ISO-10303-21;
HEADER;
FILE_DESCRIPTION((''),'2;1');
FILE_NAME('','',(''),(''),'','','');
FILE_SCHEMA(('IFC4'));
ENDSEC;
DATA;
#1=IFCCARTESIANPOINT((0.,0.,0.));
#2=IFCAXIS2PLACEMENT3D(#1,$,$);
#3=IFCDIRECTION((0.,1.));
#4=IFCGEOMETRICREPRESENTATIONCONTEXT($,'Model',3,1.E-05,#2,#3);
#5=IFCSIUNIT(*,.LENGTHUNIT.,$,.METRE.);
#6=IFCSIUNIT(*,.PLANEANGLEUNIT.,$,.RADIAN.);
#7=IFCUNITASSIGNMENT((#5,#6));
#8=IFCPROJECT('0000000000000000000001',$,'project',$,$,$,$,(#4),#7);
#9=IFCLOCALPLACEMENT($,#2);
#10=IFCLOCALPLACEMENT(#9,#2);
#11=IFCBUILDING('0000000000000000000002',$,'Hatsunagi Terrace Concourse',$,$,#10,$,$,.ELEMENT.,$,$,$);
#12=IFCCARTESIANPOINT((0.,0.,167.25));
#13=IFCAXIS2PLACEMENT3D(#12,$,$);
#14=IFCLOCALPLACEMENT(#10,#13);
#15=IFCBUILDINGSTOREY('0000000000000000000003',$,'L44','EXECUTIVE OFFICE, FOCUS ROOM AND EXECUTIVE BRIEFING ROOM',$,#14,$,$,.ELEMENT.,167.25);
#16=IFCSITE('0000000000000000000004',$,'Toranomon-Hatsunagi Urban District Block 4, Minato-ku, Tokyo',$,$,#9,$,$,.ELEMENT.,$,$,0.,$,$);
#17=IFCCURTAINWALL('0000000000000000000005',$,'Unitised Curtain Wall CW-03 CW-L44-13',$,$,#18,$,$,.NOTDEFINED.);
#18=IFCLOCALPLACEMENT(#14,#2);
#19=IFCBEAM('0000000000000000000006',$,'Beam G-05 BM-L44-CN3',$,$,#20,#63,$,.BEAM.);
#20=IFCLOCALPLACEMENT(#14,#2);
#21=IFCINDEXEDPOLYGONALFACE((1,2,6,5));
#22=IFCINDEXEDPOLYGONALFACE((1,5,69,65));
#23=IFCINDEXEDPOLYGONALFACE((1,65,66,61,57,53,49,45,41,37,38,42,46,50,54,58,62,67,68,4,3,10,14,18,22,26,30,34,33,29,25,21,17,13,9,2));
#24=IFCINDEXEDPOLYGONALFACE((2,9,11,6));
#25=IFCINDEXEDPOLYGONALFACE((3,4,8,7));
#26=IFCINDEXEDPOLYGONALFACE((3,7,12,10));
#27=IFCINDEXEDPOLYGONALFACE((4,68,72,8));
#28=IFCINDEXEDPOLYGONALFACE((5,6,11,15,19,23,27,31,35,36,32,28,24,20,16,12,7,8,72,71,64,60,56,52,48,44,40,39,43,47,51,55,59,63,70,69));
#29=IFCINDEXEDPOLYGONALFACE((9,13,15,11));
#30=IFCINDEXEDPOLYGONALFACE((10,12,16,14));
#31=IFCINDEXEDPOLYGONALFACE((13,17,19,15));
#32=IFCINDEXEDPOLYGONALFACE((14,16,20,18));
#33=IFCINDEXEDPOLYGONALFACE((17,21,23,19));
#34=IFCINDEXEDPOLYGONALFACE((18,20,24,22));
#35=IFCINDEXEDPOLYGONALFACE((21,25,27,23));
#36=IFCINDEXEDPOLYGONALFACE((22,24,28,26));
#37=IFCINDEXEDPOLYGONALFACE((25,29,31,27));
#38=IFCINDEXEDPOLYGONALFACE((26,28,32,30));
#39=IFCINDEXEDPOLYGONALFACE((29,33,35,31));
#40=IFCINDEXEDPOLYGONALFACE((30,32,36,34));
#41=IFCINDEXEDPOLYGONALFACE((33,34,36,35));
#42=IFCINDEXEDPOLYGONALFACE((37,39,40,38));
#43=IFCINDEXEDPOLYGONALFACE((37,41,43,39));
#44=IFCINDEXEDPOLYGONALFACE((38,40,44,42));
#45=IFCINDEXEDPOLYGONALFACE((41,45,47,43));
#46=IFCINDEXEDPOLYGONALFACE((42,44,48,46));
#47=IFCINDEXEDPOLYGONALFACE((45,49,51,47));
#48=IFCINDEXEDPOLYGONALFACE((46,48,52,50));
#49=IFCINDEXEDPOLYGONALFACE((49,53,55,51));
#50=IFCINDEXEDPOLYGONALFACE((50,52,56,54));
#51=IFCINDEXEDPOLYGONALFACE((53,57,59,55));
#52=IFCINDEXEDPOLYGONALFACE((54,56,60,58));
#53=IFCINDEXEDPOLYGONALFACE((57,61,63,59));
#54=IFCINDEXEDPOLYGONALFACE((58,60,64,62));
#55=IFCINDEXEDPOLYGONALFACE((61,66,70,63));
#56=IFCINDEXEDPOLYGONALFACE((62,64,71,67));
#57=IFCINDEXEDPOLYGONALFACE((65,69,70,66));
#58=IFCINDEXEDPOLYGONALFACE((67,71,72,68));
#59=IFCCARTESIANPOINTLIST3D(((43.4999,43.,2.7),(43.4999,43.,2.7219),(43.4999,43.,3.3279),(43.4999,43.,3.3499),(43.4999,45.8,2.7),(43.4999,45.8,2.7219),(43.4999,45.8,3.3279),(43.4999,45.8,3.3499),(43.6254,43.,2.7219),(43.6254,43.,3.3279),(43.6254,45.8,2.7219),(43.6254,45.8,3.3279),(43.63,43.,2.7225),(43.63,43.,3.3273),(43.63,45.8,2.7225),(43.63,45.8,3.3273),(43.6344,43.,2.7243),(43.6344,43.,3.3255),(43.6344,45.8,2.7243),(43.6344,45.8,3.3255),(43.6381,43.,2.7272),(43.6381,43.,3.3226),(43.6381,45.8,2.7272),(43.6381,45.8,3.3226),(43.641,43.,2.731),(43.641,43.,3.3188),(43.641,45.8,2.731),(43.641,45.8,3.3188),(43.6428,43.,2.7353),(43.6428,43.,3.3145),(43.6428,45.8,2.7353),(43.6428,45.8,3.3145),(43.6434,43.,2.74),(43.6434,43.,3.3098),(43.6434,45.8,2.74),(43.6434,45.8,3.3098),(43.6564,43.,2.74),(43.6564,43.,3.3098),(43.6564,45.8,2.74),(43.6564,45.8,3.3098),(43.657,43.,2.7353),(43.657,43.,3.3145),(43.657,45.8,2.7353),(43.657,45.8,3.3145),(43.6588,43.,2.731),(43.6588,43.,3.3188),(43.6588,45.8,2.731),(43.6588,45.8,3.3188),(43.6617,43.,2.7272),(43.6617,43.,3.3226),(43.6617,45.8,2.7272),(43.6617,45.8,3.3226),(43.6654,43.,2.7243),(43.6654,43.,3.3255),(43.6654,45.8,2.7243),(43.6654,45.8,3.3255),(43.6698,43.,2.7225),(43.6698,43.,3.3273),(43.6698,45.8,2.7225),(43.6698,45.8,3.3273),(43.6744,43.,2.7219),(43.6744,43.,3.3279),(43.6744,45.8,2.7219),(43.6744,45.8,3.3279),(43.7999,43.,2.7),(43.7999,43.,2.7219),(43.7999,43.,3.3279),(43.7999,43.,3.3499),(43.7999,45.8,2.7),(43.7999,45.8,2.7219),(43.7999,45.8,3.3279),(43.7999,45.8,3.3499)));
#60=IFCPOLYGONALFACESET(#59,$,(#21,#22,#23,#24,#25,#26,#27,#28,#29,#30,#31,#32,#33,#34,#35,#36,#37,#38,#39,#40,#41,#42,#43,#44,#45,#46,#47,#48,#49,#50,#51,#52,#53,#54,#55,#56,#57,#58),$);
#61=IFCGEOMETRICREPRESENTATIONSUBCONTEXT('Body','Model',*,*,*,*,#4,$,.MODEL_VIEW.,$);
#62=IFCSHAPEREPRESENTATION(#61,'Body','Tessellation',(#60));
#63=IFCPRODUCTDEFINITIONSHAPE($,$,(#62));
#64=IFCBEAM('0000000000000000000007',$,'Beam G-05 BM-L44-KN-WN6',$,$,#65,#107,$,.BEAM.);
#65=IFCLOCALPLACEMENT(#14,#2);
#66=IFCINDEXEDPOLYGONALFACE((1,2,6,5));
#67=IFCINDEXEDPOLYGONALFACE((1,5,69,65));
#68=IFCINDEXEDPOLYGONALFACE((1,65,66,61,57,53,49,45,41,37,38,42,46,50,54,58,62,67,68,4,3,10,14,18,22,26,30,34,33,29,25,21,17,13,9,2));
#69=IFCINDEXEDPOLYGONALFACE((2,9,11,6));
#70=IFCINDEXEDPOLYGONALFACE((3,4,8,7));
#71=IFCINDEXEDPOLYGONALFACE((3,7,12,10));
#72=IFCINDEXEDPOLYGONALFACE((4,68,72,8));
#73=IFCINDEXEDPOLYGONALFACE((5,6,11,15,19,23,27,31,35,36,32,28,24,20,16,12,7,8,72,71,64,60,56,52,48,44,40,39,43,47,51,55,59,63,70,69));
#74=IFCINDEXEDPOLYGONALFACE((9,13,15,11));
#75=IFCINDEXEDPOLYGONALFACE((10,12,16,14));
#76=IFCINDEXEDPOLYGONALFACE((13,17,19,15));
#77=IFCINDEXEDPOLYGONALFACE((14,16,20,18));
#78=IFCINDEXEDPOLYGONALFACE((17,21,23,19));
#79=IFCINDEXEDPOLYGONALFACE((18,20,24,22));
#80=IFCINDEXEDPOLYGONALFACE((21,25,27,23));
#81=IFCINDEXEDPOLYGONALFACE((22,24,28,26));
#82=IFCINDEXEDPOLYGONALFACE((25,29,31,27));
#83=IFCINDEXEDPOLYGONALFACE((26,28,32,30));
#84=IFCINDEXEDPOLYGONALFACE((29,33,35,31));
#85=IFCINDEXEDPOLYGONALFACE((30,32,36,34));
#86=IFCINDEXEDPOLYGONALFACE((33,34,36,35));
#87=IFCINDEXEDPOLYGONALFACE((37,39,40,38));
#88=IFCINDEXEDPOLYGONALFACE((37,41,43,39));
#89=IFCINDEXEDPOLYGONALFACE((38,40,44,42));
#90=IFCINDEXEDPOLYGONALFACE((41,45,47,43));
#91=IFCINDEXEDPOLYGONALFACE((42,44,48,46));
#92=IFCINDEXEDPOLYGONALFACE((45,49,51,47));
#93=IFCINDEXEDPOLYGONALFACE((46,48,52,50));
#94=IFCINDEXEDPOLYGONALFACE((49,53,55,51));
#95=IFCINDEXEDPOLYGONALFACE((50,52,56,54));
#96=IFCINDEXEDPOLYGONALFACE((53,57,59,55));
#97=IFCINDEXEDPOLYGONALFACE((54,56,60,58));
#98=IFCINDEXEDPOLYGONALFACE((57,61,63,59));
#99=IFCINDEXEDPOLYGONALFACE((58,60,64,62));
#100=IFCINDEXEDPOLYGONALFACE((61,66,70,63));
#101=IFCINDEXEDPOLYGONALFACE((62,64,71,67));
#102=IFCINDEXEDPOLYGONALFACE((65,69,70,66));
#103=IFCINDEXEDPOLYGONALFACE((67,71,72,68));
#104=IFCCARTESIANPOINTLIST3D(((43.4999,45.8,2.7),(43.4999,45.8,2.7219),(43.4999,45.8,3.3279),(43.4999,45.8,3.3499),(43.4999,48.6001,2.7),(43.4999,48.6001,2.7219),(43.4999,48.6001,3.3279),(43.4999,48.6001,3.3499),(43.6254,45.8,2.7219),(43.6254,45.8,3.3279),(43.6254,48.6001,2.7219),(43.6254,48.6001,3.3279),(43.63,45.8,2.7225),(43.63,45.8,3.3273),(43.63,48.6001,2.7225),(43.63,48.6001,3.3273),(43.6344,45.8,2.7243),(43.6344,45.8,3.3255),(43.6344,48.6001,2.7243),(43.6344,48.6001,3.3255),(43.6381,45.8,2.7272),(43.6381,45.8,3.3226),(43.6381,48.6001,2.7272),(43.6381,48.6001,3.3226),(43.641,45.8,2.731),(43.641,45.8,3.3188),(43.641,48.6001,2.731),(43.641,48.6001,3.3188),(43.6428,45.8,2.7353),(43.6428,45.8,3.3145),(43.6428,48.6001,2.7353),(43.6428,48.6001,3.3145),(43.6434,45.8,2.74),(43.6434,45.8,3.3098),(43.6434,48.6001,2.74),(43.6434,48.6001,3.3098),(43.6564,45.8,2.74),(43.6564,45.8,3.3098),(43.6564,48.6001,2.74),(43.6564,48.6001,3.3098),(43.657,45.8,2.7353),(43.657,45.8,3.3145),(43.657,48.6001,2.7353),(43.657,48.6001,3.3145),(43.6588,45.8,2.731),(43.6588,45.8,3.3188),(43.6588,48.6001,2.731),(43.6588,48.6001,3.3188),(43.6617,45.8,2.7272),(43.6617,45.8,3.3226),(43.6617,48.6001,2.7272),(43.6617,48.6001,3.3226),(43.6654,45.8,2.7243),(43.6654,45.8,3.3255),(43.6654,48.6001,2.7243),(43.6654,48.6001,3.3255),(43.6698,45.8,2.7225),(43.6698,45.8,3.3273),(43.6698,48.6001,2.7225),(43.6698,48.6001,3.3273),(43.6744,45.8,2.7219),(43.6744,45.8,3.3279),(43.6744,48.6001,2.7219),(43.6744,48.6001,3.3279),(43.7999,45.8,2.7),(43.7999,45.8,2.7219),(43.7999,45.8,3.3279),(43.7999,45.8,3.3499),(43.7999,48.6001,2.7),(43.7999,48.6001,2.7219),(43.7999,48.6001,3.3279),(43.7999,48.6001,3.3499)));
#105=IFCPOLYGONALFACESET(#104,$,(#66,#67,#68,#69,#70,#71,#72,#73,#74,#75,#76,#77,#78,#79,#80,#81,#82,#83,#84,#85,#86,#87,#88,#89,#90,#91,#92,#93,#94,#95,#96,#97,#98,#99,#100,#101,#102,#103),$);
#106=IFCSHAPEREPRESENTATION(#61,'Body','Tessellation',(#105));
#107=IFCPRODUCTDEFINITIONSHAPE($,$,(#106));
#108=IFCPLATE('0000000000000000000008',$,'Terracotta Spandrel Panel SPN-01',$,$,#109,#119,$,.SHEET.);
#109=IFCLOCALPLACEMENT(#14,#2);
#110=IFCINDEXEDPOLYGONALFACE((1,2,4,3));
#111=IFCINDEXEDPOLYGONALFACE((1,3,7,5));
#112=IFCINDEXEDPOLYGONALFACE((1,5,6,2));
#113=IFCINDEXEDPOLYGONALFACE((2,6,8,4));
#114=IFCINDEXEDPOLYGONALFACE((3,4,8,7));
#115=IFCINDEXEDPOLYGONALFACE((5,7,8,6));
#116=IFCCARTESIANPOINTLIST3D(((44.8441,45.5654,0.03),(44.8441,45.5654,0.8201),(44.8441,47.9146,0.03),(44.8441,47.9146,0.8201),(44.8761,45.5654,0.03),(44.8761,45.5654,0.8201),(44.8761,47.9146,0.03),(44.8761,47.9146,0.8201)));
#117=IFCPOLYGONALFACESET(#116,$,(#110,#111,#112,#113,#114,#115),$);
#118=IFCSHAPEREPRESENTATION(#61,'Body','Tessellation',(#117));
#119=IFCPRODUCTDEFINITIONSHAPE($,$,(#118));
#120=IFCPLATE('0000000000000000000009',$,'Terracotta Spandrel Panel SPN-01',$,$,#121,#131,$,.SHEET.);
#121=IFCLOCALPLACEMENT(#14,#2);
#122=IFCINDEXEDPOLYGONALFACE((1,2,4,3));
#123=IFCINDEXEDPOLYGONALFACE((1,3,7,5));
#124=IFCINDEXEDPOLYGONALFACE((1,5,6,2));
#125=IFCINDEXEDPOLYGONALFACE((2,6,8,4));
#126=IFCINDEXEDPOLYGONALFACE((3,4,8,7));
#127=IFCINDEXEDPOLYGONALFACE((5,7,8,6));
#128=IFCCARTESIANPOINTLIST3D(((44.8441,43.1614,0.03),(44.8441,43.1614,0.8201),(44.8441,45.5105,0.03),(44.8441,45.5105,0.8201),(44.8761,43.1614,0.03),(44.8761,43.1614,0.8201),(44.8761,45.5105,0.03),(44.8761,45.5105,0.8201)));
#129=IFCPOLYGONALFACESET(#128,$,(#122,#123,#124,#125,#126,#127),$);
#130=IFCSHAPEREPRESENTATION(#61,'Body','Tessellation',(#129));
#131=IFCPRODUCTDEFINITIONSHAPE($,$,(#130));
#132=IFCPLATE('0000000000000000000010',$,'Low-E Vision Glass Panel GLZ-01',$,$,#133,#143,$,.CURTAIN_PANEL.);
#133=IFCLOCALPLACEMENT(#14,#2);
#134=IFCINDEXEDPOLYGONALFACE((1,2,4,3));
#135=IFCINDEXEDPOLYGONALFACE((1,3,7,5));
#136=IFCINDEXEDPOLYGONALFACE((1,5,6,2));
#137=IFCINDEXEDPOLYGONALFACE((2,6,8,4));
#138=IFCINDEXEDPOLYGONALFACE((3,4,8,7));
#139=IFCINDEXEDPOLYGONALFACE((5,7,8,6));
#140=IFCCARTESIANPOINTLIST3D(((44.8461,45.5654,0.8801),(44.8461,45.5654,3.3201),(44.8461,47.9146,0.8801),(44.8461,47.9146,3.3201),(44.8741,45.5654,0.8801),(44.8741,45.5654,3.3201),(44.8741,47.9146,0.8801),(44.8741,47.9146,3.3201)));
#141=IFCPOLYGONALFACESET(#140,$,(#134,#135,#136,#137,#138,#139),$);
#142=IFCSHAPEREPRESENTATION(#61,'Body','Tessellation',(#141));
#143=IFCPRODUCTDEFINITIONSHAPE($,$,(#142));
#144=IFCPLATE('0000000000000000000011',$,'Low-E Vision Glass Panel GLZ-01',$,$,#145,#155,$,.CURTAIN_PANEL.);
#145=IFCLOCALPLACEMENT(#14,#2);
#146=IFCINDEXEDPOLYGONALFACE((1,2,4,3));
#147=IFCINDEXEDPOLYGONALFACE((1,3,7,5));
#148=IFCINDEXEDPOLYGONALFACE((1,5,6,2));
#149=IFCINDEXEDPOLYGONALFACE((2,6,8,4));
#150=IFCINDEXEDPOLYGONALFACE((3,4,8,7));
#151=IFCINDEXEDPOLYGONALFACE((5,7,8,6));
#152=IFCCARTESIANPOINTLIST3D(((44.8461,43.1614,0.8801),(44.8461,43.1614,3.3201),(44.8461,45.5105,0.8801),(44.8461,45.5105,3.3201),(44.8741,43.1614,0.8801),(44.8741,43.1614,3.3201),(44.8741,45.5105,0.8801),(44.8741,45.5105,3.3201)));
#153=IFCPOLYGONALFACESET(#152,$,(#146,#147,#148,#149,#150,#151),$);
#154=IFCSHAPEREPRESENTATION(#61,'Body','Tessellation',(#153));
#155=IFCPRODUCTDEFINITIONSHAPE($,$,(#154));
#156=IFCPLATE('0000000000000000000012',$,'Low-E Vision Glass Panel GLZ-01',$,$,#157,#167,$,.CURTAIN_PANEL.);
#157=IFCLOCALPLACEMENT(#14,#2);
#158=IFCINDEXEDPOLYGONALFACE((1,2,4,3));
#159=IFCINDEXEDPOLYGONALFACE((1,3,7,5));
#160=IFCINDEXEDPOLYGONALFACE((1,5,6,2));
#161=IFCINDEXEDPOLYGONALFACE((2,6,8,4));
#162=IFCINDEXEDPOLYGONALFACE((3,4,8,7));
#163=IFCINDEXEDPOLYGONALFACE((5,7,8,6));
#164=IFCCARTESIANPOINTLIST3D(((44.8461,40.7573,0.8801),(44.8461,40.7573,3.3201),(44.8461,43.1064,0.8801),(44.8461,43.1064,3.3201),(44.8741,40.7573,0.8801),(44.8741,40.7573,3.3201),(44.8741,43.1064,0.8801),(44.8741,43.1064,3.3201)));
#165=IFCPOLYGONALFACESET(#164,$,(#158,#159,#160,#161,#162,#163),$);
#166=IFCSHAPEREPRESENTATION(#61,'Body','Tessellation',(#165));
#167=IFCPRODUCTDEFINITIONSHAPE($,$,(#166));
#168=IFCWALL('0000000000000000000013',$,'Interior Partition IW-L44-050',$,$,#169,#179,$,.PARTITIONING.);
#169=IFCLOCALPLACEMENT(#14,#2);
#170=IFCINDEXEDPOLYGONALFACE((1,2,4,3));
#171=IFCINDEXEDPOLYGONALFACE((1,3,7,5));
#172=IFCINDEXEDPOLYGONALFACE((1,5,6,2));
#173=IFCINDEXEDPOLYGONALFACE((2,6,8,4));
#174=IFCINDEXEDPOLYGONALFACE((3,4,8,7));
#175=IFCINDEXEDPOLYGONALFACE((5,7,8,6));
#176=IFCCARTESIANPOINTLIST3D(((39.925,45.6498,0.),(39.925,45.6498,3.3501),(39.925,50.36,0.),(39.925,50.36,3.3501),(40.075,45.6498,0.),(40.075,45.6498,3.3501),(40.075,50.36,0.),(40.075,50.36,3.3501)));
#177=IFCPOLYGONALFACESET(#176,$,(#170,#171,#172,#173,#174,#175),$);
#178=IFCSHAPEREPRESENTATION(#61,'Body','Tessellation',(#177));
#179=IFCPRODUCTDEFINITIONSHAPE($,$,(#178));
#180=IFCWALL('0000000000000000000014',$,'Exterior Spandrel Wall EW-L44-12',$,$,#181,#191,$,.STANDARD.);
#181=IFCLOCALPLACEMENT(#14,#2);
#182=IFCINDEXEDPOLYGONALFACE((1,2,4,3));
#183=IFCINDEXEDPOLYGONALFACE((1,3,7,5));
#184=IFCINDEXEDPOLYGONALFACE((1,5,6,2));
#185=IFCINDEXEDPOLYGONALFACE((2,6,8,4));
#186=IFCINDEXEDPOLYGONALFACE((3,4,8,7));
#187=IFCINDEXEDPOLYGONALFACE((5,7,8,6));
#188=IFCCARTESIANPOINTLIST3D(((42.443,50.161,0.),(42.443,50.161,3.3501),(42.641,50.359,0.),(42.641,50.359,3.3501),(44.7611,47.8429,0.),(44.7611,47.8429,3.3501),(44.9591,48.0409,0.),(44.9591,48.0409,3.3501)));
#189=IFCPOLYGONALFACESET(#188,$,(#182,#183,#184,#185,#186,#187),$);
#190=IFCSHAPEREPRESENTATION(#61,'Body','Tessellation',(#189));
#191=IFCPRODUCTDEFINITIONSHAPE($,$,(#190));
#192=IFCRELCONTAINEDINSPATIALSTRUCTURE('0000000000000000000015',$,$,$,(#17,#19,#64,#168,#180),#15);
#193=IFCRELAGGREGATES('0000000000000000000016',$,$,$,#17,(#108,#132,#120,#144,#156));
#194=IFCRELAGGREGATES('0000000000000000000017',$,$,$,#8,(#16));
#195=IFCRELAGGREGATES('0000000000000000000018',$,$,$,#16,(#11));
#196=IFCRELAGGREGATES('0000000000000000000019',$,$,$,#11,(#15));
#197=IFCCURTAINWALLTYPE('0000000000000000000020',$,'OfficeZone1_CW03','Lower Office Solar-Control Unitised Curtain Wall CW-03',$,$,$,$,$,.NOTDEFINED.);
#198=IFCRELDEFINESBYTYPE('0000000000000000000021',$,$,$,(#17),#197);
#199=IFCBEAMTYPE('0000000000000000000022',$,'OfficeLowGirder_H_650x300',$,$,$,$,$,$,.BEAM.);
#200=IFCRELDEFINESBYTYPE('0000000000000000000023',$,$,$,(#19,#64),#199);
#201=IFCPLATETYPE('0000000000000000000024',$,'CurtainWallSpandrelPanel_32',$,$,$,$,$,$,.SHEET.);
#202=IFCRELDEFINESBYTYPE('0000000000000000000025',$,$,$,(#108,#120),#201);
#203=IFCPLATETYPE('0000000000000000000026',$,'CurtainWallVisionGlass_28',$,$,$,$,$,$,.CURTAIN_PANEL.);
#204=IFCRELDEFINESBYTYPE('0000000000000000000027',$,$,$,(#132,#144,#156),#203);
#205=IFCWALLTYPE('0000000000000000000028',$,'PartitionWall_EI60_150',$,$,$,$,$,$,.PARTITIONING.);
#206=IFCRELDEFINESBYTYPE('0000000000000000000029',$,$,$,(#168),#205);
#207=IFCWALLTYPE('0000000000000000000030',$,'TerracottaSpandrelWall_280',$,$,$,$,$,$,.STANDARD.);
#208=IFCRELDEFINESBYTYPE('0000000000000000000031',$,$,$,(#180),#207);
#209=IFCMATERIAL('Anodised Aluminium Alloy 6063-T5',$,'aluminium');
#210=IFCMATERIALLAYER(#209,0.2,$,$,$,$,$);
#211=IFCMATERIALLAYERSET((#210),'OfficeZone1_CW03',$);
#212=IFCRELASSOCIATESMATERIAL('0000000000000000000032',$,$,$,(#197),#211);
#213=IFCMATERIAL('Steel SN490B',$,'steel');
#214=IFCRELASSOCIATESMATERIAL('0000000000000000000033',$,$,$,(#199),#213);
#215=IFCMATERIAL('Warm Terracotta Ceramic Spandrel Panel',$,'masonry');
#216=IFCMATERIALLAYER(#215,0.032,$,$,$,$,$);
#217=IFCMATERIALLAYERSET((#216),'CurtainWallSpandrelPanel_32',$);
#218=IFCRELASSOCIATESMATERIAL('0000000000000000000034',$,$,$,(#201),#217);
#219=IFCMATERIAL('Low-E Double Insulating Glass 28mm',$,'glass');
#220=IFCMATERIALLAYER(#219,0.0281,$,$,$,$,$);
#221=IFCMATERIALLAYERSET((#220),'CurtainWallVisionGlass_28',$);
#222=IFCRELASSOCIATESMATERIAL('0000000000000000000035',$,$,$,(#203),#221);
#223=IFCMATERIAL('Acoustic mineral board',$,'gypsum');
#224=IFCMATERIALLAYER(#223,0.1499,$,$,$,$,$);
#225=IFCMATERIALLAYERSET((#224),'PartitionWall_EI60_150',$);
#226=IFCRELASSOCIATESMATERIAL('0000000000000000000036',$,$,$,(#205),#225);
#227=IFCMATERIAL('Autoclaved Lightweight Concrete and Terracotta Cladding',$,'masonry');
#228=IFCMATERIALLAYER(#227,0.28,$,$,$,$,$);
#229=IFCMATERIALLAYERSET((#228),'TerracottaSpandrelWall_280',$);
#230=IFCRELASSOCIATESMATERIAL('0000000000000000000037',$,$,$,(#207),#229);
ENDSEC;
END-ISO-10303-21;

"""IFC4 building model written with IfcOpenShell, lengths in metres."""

from ifc_helpers import new_model, si_unit, direction, frame, frame_2d, origin, origin_2d, place, context, subcontext, project, spatial, rectangle, i_section, extrude, material, layer, layer_set, material_profile, profile_set, type_object, element, aggregate, save


model = new_model("IFC4")

# Units and contexts
model_context = context("Model", 3, precision=1e-05, world=origin(), true_north=direction((0.0, 1.0)))
body_context = subcontext(model_context, "Body", "Model", "MODEL_VIEW")
ifc_project = project(units=[si_unit("LENGTHUNIT", "METRE"), si_unit("PLANEANGLEUNIT", "RADIAN")], contexts=[model_context])

# Site, building, storey
site_placement = place(None, origin())
site = spatial("IfcSite", under=ifc_project, at=site_placement, Name="Toranomon-Hatsunagi Urban District Block 4, Minato-ku, Tokyo", CompositionType="ELEMENT", RefElevation=0.0)
building_placement = place(site_placement, origin())
building = spatial("IfcBuilding", under=site, at=building_placement, Name="Hatsunagi Terrace Concourse", CompositionType="ELEMENT")
storey_placement = place(building_placement, frame((0.0, 0.0, 167.25)))
storey = spatial("IfcBuildingStorey", under=building, at=storey_placement, Name="L44", Description="EXECUTIVE OFFICE, FOCUS ROOM AND EXECUTIVE BRIEFING ROOM", CompositionType="ELEMENT", Elevation=167.25)

# Curtain wall
ifc_material_1 = material(Name="Anodised Aluminium Alloy 6063-T5", Category="aluminium")
ifc_layer_1 = layer(ifc_material_1, 0.2)
ifc_layer_set_1 = layer_set([ifc_layer_1], Name="OfficeZone1_CW03")
curtain_wall_type = type_object("IfcCurtainWallType", Name="OfficeZone1_CW03", Description="Lower Office Solar-Control Unitised Curtain Wall CW-03", PredefinedType="NOTDEFINED", material=ifc_layer_set_1)
curtain_wall_placement = place(storey_placement, origin())
curtain_wall = element("IfcCurtainWall", 1, at=curtain_wall_placement, inside=storey, type_object=curtain_wall_type, Name="Unitised Curtain Wall CW-03 CW-L44-13", PredefinedType="NOTDEFINED")

# Beams
ifc_material_2 = material(Name="Steel SN490B", Category="steel")
ifc_material_profile_1 = material_profile(ifc_material_2, i_section(OverallWidth=0.3, OverallDepth=0.6499, WebThickness=0.0129, FlangeThickness=0.022, FilletRadius=0.0181, at=origin_2d()), Name="H-650x300x13x22")
ifc_profile_set_1 = profile_set([ifc_material_profile_1], Name="Steel SN490B")
beam_type = type_object("IfcBeamType", Name="OfficeLowGirder_H_650x300", PredefinedType="BEAM", material=ifc_profile_set_1)
for number, where, z_axis, x_axis, name in (
    (2, (43.6499, 43.0, 3.0249), (0.0, 1.0, 0.0), (-1.0, 0.0, 0.0), "Beam G-05 BM-L44-CN3"),
    (3, (43.6499, 45.8, 3.0249), (0.0, 1.0, 0.0), (-1.0, 0.0, 0.0), "Beam G-05 BM-L44-KN-WN6"),
):
    element("IfcBeam", number, at=place(storey_placement, frame(where, z_axis=z_axis, x_axis=x_axis)), inside=storey, type_object=beam_type, Name=name, PredefinedType="BEAM", context=body_context, shape_type="SweptSolid", body=[
        extrude(i_section(OverallWidth=0.3, OverallDepth=0.6499, WebThickness=0.0129, FlangeThickness=0.022, FilletRadius=0.0181, at=origin_2d()), origin(), (0.0, 0.0, 1.0), 2.8),
    ])

# Plates
ifc_material_3 = material(Name="Warm Terracotta Ceramic Spandrel Panel", Category="masonry")
ifc_layer_2 = layer(ifc_material_3, 0.032)
ifc_layer_set_2 = layer_set([ifc_layer_2], Name="CurtainWallSpandrelPanel_32")
plate_type_1 = type_object("IfcPlateType", Name="CurtainWallSpandrelPanel_32", PredefinedType="SHEET", material=ifc_layer_set_2)
plate_1_placement = place(storey_placement, frame((44.8601, 46.74, 0.03), z_axis=(0.0, 0.0, 1.0), x_axis=(0.0, -1.0, 0.0)))
plate_1 = element("IfcPlate", 4, at=plate_1_placement, type_object=plate_type_1, Name="Terracotta Spandrel Panel SPN-01", PredefinedType="SHEET", context=body_context, shape_type="SweptSolid", body=[
    extrude(rectangle(XDim=2.3491, YDim=0.032, at=origin_2d()), origin(), (0.0, 0.0, 1.0), 0.79),
])
plate_2_placement = place(storey_placement, frame((44.8601, 44.3359, 0.03), z_axis=(0.0, 0.0, 1.0), x_axis=(0.0, -1.0, 0.0)))
plate_2 = element("IfcPlate", 5, at=plate_2_placement, type_object=plate_type_1, Name="Terracotta Spandrel Panel SPN-01", PredefinedType="SHEET", context=body_context, shape_type="SweptSolid", body=[
    extrude(rectangle(XDim=2.3491, YDim=0.032, at=origin_2d()), origin(), (0.0, 0.0, 1.0), 0.79),
])
ifc_material_4 = material(Name="Low-E Double Insulating Glass 28mm", Category="glass")
ifc_layer_3 = layer(ifc_material_4, 0.0281)
ifc_layer_set_3 = layer_set([ifc_layer_3], Name="CurtainWallVisionGlass_28")
plate_type_2 = type_object("IfcPlateType", Name="CurtainWallVisionGlass_28", PredefinedType="CURTAIN_PANEL", material=ifc_layer_set_3)
plate_3_placement = place(storey_placement, frame((44.8601, 46.74, 0.8801), z_axis=(0.0, 0.0, 1.0), x_axis=(0.0, -1.0, 0.0)))
plate_3 = element("IfcPlate", 6, at=plate_3_placement, type_object=plate_type_2, Name="Low-E Vision Glass Panel GLZ-01", PredefinedType="CURTAIN_PANEL", context=body_context, shape_type="SweptSolid", body=[
    extrude(rectangle(XDim=2.3491, YDim=0.0281, at=origin_2d()), origin(), (0.0, 0.0, 1.0), 2.4399),
])
plate_4_placement = place(storey_placement, frame((44.8601, 44.3359, 0.8801), z_axis=(0.0, 0.0, 1.0), x_axis=(0.0, -1.0, 0.0)))
plate_4 = element("IfcPlate", 7, at=plate_4_placement, type_object=plate_type_2, Name="Low-E Vision Glass Panel GLZ-01", PredefinedType="CURTAIN_PANEL", context=body_context, shape_type="SweptSolid", body=[
    extrude(rectangle(XDim=2.3491, YDim=0.0281, at=origin_2d()), origin(), (0.0, 0.0, 1.0), 2.4399),
])
plate_5_placement = place(storey_placement, frame((44.8601, 41.9319, 0.8801), z_axis=(0.0, 0.0, 1.0), x_axis=(0.0, -1.0, 0.0)))
plate_5 = element("IfcPlate", 8, at=plate_5_placement, type_object=plate_type_2, Name="Low-E Vision Glass Panel GLZ-01", PredefinedType="CURTAIN_PANEL", context=body_context, shape_type="SweptSolid", body=[
    extrude(rectangle(XDim=2.3491, YDim=0.0281, at=origin_2d()), origin(), (0.0, 0.0, 1.0), 2.4399),
])
aggregate(curtain_wall, [plate_1, plate_3, plate_2, plate_4, plate_5])

# Wall
ifc_material_5 = material(Name="Acoustic mineral board", Category="gypsum")
ifc_layer_4 = layer(ifc_material_5, 0.1499)
ifc_layer_set_4 = layer_set([ifc_layer_4], Name="PartitionWall_EI60_150")
wall_type_1 = type_object("IfcWallType", Name="PartitionWall_EI60_150", PredefinedType="PARTITIONING", material=ifc_layer_set_4)
wall_1_placement = place(storey_placement, frame((40.0, 45.6499, 0.0), z_axis=(0.0, 0.0, 1.0), x_axis=(0.0, 1.0, 0.0)))
element("IfcWall", 9, at=wall_1_placement, inside=storey, type_object=wall_type_1, Name="Interior Partition IW-L44-050", PredefinedType="PARTITIONING", context=body_context, shape_type="SweptSolid", body=[
    extrude(rectangle(XDim=4.7102, YDim=0.1499, at=frame_2d((2.355, 0.0))), origin(), (0.0, 0.0, 1.0), 3.3501),
])

# Wall
ifc_material_6 = material(Name="Autoclaved Lightweight Concrete and Terracotta Cladding", Category="masonry")
ifc_layer_5 = layer(ifc_material_6, 0.28)
ifc_layer_set_5 = layer_set([ifc_layer_5], Name="TerracottaSpandrelWall_280")
wall_type_2 = type_object("IfcWallType", Name="TerracottaSpandrelWall_280", PredefinedType="STANDARD", material=ifc_layer_set_5)
wall_2_placement = place(storey_placement, frame((42.542, 50.26, 0.0), z_axis=(0.0, 0.0, 1.0), x_axis=(0.707107, -0.707107, 0.0)))
element("IfcWall", 10, at=wall_2_placement, inside=storey, type_object=wall_type_2, Name="Exterior Spandrel Wall EW-L44-12", PredefinedType="STANDARD", context=body_context, shape_type="SweptSolid", body=[
    extrude(rectangle(XDim=3.2783, YDim=0.28, at=frame_2d((1.6392, 0.0))), origin(), (0.0, 0.0, 1.0), 3.3501),
])

save(model, "model.ifc")
